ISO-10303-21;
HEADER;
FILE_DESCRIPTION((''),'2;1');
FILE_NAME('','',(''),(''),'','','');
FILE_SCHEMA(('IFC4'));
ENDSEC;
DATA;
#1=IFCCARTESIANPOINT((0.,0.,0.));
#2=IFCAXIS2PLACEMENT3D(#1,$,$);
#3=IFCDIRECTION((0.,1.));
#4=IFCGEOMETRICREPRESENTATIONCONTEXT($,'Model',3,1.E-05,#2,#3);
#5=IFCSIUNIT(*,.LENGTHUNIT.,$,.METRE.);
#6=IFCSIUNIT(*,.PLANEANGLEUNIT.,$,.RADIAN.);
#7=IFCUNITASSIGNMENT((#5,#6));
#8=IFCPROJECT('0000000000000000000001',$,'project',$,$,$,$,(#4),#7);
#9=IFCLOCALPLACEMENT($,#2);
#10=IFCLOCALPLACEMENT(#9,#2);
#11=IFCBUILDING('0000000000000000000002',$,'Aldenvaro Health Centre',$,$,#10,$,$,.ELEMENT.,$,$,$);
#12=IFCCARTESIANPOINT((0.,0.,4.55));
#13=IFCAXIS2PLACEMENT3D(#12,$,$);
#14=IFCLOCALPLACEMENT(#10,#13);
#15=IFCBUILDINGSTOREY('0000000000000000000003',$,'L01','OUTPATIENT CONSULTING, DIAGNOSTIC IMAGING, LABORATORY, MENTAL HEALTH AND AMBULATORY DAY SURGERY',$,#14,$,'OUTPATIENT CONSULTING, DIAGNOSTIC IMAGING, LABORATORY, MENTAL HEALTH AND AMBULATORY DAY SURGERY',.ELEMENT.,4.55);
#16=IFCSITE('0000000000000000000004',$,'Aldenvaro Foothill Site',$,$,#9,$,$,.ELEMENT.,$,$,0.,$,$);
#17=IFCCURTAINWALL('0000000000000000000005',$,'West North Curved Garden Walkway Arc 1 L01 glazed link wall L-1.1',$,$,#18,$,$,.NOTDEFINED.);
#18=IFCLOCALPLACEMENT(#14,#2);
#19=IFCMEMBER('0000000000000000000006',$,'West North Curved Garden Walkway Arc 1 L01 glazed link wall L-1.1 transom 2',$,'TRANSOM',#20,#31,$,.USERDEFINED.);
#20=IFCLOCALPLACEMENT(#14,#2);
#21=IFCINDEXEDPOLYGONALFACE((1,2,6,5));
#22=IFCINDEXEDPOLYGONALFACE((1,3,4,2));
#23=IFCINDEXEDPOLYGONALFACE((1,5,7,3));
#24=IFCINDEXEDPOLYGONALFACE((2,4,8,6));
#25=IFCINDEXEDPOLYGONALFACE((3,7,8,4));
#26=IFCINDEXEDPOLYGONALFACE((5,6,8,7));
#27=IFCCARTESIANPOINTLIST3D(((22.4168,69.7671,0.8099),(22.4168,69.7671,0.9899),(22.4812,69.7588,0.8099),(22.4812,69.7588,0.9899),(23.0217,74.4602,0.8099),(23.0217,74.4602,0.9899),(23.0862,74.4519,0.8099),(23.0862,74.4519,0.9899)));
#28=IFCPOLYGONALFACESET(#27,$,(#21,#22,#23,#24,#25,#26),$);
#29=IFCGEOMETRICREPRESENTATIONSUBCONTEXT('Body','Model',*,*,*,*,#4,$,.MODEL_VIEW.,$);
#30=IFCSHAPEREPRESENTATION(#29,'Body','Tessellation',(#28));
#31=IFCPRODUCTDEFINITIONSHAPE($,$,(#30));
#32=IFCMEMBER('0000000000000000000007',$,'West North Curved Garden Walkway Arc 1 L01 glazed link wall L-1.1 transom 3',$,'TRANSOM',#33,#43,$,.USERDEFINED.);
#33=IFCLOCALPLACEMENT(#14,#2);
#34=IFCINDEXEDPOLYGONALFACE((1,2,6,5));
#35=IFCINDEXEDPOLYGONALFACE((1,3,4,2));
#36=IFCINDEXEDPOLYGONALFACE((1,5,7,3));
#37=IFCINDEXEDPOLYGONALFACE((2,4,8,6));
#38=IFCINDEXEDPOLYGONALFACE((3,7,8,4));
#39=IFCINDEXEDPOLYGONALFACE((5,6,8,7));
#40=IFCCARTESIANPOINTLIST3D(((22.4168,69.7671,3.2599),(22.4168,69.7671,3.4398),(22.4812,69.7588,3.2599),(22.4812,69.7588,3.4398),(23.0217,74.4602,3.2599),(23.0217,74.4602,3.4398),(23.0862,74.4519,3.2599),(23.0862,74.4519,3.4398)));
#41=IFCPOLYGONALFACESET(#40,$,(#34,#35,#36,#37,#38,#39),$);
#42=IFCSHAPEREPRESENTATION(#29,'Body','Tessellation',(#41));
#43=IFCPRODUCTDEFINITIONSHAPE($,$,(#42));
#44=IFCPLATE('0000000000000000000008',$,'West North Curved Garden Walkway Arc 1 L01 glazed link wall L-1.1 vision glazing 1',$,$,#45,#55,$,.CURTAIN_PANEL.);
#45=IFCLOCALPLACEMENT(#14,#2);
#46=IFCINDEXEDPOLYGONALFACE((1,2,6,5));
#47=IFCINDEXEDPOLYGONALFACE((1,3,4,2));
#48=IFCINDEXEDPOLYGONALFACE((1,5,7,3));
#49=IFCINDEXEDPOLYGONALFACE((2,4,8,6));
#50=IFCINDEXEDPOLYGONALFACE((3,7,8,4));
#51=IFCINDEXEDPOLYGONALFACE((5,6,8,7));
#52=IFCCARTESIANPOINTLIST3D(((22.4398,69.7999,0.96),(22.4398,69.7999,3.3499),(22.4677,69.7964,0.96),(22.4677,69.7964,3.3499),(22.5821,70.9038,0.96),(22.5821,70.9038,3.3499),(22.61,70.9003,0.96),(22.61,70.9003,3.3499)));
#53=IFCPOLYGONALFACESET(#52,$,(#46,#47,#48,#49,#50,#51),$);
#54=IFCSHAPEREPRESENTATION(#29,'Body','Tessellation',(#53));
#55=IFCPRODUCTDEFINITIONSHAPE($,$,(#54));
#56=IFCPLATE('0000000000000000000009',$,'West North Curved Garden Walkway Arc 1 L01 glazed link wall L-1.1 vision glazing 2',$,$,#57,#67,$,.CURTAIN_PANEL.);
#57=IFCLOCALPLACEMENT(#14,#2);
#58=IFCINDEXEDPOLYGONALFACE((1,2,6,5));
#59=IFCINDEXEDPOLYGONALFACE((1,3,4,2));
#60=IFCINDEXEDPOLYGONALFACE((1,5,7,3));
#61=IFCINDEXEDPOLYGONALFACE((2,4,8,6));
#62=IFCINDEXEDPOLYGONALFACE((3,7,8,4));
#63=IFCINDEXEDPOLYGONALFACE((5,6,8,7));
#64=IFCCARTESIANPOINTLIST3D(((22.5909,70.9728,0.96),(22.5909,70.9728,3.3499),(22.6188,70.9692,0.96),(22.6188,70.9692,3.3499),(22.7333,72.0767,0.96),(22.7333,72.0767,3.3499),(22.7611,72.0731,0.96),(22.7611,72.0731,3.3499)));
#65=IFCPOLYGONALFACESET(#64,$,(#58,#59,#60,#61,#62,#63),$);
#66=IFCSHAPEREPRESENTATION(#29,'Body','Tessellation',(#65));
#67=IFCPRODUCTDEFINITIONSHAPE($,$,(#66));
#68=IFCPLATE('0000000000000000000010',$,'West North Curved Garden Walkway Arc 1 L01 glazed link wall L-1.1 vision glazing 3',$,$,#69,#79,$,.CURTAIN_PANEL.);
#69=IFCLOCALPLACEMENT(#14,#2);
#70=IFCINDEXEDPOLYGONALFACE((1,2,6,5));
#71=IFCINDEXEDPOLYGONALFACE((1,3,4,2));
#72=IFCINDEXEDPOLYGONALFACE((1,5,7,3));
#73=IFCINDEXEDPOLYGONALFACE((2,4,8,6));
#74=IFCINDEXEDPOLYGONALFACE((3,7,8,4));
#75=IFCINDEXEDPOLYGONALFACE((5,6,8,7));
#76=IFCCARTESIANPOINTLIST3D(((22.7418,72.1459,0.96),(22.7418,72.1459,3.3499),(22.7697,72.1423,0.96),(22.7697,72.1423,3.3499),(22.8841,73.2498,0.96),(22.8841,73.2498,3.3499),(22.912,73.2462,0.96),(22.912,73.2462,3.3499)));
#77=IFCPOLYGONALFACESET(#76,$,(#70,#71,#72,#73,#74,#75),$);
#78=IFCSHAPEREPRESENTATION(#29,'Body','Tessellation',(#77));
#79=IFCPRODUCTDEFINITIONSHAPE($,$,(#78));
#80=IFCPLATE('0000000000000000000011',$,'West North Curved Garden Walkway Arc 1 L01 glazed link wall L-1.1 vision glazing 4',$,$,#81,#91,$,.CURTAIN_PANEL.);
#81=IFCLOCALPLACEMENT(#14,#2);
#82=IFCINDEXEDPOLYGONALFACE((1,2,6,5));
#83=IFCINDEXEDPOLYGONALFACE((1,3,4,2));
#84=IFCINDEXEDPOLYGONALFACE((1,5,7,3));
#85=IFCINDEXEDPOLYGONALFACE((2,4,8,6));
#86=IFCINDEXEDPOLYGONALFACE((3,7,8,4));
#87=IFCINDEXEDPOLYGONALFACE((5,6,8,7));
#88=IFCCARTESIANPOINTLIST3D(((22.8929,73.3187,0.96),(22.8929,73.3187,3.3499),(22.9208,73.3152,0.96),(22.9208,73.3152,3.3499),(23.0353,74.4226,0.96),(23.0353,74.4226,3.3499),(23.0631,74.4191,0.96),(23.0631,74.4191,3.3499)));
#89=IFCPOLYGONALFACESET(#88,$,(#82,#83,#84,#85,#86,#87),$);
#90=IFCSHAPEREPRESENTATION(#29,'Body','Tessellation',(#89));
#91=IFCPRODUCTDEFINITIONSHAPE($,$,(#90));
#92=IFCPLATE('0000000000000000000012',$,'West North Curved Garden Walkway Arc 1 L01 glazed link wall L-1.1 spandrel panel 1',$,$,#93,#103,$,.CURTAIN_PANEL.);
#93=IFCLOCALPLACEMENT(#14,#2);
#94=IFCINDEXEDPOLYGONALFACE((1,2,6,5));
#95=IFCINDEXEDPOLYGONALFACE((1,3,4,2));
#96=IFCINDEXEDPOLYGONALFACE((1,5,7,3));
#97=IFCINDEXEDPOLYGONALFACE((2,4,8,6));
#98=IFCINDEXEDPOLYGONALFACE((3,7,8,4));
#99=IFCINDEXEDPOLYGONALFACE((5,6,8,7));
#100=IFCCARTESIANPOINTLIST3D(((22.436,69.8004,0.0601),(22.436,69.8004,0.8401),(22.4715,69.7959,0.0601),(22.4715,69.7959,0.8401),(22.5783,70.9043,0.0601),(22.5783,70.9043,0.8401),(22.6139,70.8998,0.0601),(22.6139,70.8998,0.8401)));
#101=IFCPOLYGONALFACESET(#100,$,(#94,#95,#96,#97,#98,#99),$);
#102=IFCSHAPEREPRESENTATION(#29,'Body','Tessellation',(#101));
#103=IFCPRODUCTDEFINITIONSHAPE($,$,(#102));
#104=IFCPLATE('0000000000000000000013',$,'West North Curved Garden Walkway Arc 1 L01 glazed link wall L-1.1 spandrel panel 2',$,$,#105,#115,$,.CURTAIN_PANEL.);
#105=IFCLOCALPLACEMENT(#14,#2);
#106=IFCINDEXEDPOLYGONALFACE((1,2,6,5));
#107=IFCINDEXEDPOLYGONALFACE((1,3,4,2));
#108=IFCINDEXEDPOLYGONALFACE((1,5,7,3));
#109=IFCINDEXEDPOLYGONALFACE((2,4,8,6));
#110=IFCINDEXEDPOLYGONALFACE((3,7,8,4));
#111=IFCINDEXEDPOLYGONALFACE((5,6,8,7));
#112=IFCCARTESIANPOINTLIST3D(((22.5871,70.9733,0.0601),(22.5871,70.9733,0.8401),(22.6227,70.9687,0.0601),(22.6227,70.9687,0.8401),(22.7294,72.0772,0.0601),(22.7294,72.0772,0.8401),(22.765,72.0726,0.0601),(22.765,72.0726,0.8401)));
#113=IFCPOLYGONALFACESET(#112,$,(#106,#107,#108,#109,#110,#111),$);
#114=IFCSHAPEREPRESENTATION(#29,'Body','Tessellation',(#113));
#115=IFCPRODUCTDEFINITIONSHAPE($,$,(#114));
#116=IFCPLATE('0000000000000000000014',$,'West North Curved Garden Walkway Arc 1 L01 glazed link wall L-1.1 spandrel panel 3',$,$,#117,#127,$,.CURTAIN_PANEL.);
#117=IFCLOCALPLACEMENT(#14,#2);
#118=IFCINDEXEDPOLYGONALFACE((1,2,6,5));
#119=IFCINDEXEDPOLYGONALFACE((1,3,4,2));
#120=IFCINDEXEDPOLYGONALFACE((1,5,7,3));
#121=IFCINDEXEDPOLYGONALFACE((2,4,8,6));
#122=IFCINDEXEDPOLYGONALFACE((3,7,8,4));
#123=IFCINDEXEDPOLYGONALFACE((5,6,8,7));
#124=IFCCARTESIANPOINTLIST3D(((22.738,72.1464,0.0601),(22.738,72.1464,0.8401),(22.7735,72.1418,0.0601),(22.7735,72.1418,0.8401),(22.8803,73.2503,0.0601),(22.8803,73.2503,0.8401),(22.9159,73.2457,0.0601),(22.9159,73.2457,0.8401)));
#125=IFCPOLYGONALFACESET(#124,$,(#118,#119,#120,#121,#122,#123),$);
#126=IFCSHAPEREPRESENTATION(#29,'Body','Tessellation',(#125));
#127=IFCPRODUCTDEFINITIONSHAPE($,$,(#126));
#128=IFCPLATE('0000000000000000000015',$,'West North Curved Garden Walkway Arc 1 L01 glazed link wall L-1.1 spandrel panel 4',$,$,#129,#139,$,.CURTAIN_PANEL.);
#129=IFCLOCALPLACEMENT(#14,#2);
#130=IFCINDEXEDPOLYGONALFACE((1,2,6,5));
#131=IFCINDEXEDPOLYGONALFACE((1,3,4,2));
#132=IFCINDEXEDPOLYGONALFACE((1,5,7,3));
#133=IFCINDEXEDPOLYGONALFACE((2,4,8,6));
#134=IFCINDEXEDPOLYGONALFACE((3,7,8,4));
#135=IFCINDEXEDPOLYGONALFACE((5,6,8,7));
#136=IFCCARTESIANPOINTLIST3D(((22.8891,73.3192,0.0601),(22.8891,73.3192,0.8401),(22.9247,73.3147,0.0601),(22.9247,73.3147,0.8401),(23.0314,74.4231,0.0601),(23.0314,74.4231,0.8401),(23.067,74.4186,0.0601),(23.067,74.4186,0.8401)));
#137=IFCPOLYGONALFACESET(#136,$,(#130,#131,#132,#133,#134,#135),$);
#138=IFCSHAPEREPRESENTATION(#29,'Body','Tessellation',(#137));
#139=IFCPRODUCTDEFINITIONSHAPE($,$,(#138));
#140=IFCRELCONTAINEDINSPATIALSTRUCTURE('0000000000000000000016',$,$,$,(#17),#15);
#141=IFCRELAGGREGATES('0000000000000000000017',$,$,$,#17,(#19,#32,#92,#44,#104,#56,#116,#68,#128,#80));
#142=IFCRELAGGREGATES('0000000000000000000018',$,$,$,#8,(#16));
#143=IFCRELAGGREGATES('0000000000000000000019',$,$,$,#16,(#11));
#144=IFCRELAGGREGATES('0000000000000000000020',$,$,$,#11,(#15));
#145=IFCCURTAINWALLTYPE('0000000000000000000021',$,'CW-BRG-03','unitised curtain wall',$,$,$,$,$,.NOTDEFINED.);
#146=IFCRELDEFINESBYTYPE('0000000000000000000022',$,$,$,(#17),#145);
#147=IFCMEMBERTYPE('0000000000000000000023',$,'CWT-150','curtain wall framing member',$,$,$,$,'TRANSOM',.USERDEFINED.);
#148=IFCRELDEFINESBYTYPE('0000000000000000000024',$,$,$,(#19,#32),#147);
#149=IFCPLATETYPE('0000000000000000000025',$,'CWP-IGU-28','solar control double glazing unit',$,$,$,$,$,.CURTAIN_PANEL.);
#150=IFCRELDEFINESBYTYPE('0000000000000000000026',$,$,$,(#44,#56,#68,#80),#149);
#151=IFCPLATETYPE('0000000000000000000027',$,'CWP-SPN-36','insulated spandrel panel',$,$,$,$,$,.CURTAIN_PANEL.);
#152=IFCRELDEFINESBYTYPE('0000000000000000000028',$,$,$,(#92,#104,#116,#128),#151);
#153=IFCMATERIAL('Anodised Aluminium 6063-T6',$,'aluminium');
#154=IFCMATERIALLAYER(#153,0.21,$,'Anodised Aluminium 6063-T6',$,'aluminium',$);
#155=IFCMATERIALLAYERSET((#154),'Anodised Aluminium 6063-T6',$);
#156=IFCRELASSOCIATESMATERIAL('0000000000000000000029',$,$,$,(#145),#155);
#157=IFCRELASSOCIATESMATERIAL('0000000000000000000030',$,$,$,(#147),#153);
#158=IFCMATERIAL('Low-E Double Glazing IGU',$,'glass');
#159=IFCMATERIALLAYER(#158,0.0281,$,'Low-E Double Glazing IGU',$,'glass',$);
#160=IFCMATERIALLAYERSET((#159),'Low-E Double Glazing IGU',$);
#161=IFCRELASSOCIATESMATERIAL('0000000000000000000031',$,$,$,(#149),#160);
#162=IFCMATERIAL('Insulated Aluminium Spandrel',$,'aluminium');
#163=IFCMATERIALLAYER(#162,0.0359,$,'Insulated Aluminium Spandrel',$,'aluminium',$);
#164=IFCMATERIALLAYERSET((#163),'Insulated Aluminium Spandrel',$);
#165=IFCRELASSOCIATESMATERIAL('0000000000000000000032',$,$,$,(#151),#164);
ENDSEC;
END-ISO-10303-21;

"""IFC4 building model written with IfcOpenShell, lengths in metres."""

from ifc_helpers import new_model, si_unit, direction, frame, origin, origin_2d, place, context, subcontext, project, spatial, rectangle, extrude, material, layer, layer_set, material_profile, profile_set, type_object, element, aggregate, save


model = new_model("IFC4")

# Units and contexts
model_context = context("Model", 3, precision=1e-05, world=origin(), true_north=direction((0.0, 1.0)))
body_context = subcontext(model_context, "Body", "Model", "MODEL_VIEW")
ifc_project = project(units=[si_unit("LENGTHUNIT", "METRE"), si_unit("PLANEANGLEUNIT", "RADIAN")], contexts=[model_context])

# Site, building, storey
site_placement = place(None, origin())
site = spatial("IfcSite", under=ifc_project, at=site_placement, Name="Aldenvaro Foothill Site", CompositionType="ELEMENT", RefElevation=0.0)
building_placement = place(site_placement, origin())
building = spatial("IfcBuilding", under=site, at=building_placement, Name="Aldenvaro Health Centre", CompositionType="ELEMENT")
storey_placement = place(building_placement, frame((0.0, 0.0, 4.55)))
storey = spatial("IfcBuildingStorey", under=building, at=storey_placement, Name="L01", Description="OUTPATIENT CONSULTING, DIAGNOSTIC IMAGING, LABORATORY, MENTAL HEALTH AND AMBULATORY DAY SURGERY", LongName="OUTPATIENT CONSULTING, DIAGNOSTIC IMAGING, LABORATORY, MENTAL HEALTH AND AMBULATORY DAY SURGERY", CompositionType="ELEMENT", Elevation=4.55)

# Curtain wall, members, plates
ifc_material_1 = material(Name="Anodised Aluminium 6063-T6", Category="aluminium")
ifc_layer_1 = layer(ifc_material_1, 0.21, Name="Anodised Aluminium 6063-T6", Category="aluminium")
ifc_layer_set_1 = layer_set([ifc_layer_1], Name="Anodised Aluminium 6063-T6")
curtain_wall_type = type_object("IfcCurtainWallType", Name="CW-BRG-03", Description="unitised curtain wall", PredefinedType="NOTDEFINED", material=ifc_layer_set_1)
curtain_wall_placement = place(storey_placement, origin())
curtain_wall = element("IfcCurtainWall", 1, at=curtain_wall_placement, inside=storey, type_object=curtain_wall_type, Name="West North Curved Garden Walkway Arc 1 L01 glazed link wall L-1.1", PredefinedType="NOTDEFINED")
ifc_material_profile_1 = material_profile(ifc_material_1, rectangle(XDim=0.0649, YDim=0.1799, at=origin_2d()), Name="ALU 65x180", Category="aluminium")
ifc_profile_set_1 = profile_set([ifc_material_profile_1], Name="Anodised Aluminium 6063-T6")
member_type_1 = type_object("IfcMemberType", Name="CWT-150", Description="curtain wall framing member", ElementType="TRANSOM", PredefinedType="USERDEFINED", material=ifc_profile_set_1)
member_1_placement = place(storey_placement, frame((22.449, 69.7629, 0.8999), z_axis=(0.12785, 0.991793, 0.0), x_axis=(-0.991793, 0.12785, 0.0)))
member_1 = element("IfcMember", 2, at=member_1_placement, type_object=member_type_1, Name="West North Curved Garden Walkway Arc 1 L01 glazed link wall L-1.1 transom 2", ObjectType="TRANSOM", PredefinedType="USERDEFINED", context=body_context, shape_type="SweptSolid", body=[
    extrude(rectangle(XDim=0.0649, YDim=0.1799, at=origin_2d()), origin(), (0.0, 0.0, 1.0), 4.7319),
])
member_2_placement = place(storey_placement, frame((22.449, 69.7629, 3.3499), z_axis=(0.12785, 0.991793, 0.0), x_axis=(-0.991793, 0.12785, 0.0)))
member_2 = element("IfcMember", 3, at=member_2_placement, type_object=member_type_1, Name="West North Curved Garden Walkway Arc 1 L01 glazed link wall L-1.1 transom 3", ObjectType="TRANSOM", PredefinedType="USERDEFINED", context=body_context, shape_type="SweptSolid", body=[
    extrude(rectangle(XDim=0.0649, YDim=0.1799, at=origin_2d()), origin(), (0.0, 0.0, 1.0), 4.7319),
])
ifc_material_2 = material(Name="Low-E Double Glazing IGU", Category="glass")
ifc_layer_2 = layer(ifc_material_2, 0.0281, Name="Low-E Double Glazing IGU", Category="glass")
ifc_layer_set_2 = layer_set([ifc_layer_2], Name="Low-E Double Glazing IGU")
plate_type_1 = type_object("IfcPlateType", Name="CWP-IGU-28", Description="solar control double glazing unit", PredefinedType="CURTAIN_PANEL", material=ifc_layer_set_2)
plate_1_placement = place(storey_placement, frame((22.5249, 70.3501, 0.96), z_axis=(0.0, 0.0, 1.0), x_axis=(0.127857, 0.991793, 0.0)))
plate_1 = element("IfcPlate", 4, at=plate_1_placement, type_object=plate_type_1, Name="West North Curved Garden Walkway Arc 1 L01 glazed link wall L-1.1 vision glazing 1", PredefinedType="CURTAIN_PANEL", context=body_context, shape_type="SweptSolid", body=[
    extrude(rectangle(XDim=1.113, YDim=0.0281, at=origin_2d()), origin(), (0.0, 0.0, 1.0), 2.3899),
])
plate_2_placement = place(storey_placement, frame((22.676, 71.5229, 0.96), z_axis=(0.0, 0.0, 1.0), x_axis=(0.127857, 0.991793, 0.0)))
plate_2 = element("IfcPlate", 5, at=plate_2_placement, type_object=plate_type_1, Name="West North Curved Garden Walkway Arc 1 L01 glazed link wall L-1.1 vision glazing 2", PredefinedType="CURTAIN_PANEL", context=body_context, shape_type="SweptSolid", body=[
    extrude(rectangle(XDim=1.113, YDim=0.0281, at=origin_2d()), origin(), (0.0, 0.0, 1.0), 2.3899),
])
plate_3_placement = place(storey_placement, frame((22.8269, 72.696, 0.96), z_axis=(0.0, 0.0, 1.0), x_axis=(0.127857, 0.991793, 0.0)))
plate_3 = element("IfcPlate", 6, at=plate_3_placement, type_object=plate_type_1, Name="West North Curved Garden Walkway Arc 1 L01 glazed link wall L-1.1 vision glazing 3", PredefinedType="CURTAIN_PANEL", context=body_context, shape_type="SweptSolid", body=[
    extrude(rectangle(XDim=1.113, YDim=0.0281, at=origin_2d()), origin(), (0.0, 0.0, 1.0), 2.3899),
])
plate_4_placement = place(storey_placement, frame((22.978, 73.8689, 0.96), z_axis=(0.0, 0.0, 1.0), x_axis=(0.127857, 0.991793, 0.0)))
plate_4 = element("IfcPlate", 7, at=plate_4_placement, type_object=plate_type_1, Name="West North Curved Garden Walkway Arc 1 L01 glazed link wall L-1.1 vision glazing 4", PredefinedType="CURTAIN_PANEL", context=body_context, shape_type="SweptSolid", body=[
    extrude(rectangle(XDim=1.113, YDim=0.0281, at=origin_2d()), origin(), (0.0, 0.0, 1.0), 2.3899),
])
ifc_material_3 = material(Name="Insulated Aluminium Spandrel", Category="aluminium")
ifc_layer_3 = layer(ifc_material_3, 0.0359, Name="Insulated Aluminium Spandrel", Category="aluminium")
ifc_layer_set_3 = layer_set([ifc_layer_3], Name="Insulated Aluminium Spandrel")
plate_type_2 = type_object("IfcPlateType", Name="CWP-SPN-36", Description="insulated spandrel panel", PredefinedType="CURTAIN_PANEL", material=ifc_layer_set_3)
plate_5_placement = place(storey_placement, frame((22.5249, 70.3501, 0.0601), z_axis=(0.0, 0.0, 1.0), x_axis=(0.127857, 0.991793, 0.0)))
plate_5 = element("IfcPlate", 8, at=plate_5_placement, type_object=plate_type_2, Name="West North Curved Garden Walkway Arc 1 L01 glazed link wall L-1.1 spandrel panel 1", PredefinedType="CURTAIN_PANEL", context=body_context, shape_type="SweptSolid", body=[
    extrude(rectangle(XDim=1.113, YDim=0.0359, at=origin_2d()), origin(), (0.0, 0.0, 1.0), 0.78),
])
plate_6_placement = place(storey_placement, frame((22.676, 71.5229, 0.0601), z_axis=(0.0, 0.0, 1.0), x_axis=(0.127857, 0.991793, 0.0)))
plate_6 = element("IfcPlate", 9, at=plate_6_placement, type_object=plate_type_2, Name="West North Curved Garden Walkway Arc 1 L01 glazed link wall L-1.1 spandrel panel 2", PredefinedType="CURTAIN_PANEL", context=body_context, shape_type="SweptSolid", body=[
    extrude(rectangle(XDim=1.113, YDim=0.0359, at=origin_2d()), origin(), (0.0, 0.0, 1.0), 0.78),
])
plate_7_placement = place(storey_placement, frame((22.8269, 72.696, 0.0601), z_axis=(0.0, 0.0, 1.0), x_axis=(0.127857, 0.991793, 0.0)))
plate_7 = element("IfcPlate", 10, at=plate_7_placement, type_object=plate_type_2, Name="West North Curved Garden Walkway Arc 1 L01 glazed link wall L-1.1 spandrel panel 3", PredefinedType="CURTAIN_PANEL", context=body_context, shape_type="SweptSolid", body=[
    extrude(rectangle(XDim=1.113, YDim=0.0359, at=origin_2d()), origin(), (0.0, 0.0, 1.0), 0.78),
])
plate_8_placement = place(storey_placement, frame((22.978, 73.8689, 0.0601), z_axis=(0.0, 0.0, 1.0), x_axis=(0.127857, 0.991793, 0.0)))
plate_8 = element("IfcPlate", 11, at=plate_8_placement, type_object=plate_type_2, Name="West North Curved Garden Walkway Arc 1 L01 glazed link wall L-1.1 spandrel panel 4", PredefinedType="CURTAIN_PANEL", context=body_context, shape_type="SweptSolid", body=[
    extrude(rectangle(XDim=1.113, YDim=0.0359, at=origin_2d()), origin(), (0.0, 0.0, 1.0), 0.78),
])
aggregate(curtain_wall, [member_1, member_2, plate_5, plate_1, plate_6, plate_2, plate_7, plate_3, plate_8, plate_4])

save(model, "model.ifc")
